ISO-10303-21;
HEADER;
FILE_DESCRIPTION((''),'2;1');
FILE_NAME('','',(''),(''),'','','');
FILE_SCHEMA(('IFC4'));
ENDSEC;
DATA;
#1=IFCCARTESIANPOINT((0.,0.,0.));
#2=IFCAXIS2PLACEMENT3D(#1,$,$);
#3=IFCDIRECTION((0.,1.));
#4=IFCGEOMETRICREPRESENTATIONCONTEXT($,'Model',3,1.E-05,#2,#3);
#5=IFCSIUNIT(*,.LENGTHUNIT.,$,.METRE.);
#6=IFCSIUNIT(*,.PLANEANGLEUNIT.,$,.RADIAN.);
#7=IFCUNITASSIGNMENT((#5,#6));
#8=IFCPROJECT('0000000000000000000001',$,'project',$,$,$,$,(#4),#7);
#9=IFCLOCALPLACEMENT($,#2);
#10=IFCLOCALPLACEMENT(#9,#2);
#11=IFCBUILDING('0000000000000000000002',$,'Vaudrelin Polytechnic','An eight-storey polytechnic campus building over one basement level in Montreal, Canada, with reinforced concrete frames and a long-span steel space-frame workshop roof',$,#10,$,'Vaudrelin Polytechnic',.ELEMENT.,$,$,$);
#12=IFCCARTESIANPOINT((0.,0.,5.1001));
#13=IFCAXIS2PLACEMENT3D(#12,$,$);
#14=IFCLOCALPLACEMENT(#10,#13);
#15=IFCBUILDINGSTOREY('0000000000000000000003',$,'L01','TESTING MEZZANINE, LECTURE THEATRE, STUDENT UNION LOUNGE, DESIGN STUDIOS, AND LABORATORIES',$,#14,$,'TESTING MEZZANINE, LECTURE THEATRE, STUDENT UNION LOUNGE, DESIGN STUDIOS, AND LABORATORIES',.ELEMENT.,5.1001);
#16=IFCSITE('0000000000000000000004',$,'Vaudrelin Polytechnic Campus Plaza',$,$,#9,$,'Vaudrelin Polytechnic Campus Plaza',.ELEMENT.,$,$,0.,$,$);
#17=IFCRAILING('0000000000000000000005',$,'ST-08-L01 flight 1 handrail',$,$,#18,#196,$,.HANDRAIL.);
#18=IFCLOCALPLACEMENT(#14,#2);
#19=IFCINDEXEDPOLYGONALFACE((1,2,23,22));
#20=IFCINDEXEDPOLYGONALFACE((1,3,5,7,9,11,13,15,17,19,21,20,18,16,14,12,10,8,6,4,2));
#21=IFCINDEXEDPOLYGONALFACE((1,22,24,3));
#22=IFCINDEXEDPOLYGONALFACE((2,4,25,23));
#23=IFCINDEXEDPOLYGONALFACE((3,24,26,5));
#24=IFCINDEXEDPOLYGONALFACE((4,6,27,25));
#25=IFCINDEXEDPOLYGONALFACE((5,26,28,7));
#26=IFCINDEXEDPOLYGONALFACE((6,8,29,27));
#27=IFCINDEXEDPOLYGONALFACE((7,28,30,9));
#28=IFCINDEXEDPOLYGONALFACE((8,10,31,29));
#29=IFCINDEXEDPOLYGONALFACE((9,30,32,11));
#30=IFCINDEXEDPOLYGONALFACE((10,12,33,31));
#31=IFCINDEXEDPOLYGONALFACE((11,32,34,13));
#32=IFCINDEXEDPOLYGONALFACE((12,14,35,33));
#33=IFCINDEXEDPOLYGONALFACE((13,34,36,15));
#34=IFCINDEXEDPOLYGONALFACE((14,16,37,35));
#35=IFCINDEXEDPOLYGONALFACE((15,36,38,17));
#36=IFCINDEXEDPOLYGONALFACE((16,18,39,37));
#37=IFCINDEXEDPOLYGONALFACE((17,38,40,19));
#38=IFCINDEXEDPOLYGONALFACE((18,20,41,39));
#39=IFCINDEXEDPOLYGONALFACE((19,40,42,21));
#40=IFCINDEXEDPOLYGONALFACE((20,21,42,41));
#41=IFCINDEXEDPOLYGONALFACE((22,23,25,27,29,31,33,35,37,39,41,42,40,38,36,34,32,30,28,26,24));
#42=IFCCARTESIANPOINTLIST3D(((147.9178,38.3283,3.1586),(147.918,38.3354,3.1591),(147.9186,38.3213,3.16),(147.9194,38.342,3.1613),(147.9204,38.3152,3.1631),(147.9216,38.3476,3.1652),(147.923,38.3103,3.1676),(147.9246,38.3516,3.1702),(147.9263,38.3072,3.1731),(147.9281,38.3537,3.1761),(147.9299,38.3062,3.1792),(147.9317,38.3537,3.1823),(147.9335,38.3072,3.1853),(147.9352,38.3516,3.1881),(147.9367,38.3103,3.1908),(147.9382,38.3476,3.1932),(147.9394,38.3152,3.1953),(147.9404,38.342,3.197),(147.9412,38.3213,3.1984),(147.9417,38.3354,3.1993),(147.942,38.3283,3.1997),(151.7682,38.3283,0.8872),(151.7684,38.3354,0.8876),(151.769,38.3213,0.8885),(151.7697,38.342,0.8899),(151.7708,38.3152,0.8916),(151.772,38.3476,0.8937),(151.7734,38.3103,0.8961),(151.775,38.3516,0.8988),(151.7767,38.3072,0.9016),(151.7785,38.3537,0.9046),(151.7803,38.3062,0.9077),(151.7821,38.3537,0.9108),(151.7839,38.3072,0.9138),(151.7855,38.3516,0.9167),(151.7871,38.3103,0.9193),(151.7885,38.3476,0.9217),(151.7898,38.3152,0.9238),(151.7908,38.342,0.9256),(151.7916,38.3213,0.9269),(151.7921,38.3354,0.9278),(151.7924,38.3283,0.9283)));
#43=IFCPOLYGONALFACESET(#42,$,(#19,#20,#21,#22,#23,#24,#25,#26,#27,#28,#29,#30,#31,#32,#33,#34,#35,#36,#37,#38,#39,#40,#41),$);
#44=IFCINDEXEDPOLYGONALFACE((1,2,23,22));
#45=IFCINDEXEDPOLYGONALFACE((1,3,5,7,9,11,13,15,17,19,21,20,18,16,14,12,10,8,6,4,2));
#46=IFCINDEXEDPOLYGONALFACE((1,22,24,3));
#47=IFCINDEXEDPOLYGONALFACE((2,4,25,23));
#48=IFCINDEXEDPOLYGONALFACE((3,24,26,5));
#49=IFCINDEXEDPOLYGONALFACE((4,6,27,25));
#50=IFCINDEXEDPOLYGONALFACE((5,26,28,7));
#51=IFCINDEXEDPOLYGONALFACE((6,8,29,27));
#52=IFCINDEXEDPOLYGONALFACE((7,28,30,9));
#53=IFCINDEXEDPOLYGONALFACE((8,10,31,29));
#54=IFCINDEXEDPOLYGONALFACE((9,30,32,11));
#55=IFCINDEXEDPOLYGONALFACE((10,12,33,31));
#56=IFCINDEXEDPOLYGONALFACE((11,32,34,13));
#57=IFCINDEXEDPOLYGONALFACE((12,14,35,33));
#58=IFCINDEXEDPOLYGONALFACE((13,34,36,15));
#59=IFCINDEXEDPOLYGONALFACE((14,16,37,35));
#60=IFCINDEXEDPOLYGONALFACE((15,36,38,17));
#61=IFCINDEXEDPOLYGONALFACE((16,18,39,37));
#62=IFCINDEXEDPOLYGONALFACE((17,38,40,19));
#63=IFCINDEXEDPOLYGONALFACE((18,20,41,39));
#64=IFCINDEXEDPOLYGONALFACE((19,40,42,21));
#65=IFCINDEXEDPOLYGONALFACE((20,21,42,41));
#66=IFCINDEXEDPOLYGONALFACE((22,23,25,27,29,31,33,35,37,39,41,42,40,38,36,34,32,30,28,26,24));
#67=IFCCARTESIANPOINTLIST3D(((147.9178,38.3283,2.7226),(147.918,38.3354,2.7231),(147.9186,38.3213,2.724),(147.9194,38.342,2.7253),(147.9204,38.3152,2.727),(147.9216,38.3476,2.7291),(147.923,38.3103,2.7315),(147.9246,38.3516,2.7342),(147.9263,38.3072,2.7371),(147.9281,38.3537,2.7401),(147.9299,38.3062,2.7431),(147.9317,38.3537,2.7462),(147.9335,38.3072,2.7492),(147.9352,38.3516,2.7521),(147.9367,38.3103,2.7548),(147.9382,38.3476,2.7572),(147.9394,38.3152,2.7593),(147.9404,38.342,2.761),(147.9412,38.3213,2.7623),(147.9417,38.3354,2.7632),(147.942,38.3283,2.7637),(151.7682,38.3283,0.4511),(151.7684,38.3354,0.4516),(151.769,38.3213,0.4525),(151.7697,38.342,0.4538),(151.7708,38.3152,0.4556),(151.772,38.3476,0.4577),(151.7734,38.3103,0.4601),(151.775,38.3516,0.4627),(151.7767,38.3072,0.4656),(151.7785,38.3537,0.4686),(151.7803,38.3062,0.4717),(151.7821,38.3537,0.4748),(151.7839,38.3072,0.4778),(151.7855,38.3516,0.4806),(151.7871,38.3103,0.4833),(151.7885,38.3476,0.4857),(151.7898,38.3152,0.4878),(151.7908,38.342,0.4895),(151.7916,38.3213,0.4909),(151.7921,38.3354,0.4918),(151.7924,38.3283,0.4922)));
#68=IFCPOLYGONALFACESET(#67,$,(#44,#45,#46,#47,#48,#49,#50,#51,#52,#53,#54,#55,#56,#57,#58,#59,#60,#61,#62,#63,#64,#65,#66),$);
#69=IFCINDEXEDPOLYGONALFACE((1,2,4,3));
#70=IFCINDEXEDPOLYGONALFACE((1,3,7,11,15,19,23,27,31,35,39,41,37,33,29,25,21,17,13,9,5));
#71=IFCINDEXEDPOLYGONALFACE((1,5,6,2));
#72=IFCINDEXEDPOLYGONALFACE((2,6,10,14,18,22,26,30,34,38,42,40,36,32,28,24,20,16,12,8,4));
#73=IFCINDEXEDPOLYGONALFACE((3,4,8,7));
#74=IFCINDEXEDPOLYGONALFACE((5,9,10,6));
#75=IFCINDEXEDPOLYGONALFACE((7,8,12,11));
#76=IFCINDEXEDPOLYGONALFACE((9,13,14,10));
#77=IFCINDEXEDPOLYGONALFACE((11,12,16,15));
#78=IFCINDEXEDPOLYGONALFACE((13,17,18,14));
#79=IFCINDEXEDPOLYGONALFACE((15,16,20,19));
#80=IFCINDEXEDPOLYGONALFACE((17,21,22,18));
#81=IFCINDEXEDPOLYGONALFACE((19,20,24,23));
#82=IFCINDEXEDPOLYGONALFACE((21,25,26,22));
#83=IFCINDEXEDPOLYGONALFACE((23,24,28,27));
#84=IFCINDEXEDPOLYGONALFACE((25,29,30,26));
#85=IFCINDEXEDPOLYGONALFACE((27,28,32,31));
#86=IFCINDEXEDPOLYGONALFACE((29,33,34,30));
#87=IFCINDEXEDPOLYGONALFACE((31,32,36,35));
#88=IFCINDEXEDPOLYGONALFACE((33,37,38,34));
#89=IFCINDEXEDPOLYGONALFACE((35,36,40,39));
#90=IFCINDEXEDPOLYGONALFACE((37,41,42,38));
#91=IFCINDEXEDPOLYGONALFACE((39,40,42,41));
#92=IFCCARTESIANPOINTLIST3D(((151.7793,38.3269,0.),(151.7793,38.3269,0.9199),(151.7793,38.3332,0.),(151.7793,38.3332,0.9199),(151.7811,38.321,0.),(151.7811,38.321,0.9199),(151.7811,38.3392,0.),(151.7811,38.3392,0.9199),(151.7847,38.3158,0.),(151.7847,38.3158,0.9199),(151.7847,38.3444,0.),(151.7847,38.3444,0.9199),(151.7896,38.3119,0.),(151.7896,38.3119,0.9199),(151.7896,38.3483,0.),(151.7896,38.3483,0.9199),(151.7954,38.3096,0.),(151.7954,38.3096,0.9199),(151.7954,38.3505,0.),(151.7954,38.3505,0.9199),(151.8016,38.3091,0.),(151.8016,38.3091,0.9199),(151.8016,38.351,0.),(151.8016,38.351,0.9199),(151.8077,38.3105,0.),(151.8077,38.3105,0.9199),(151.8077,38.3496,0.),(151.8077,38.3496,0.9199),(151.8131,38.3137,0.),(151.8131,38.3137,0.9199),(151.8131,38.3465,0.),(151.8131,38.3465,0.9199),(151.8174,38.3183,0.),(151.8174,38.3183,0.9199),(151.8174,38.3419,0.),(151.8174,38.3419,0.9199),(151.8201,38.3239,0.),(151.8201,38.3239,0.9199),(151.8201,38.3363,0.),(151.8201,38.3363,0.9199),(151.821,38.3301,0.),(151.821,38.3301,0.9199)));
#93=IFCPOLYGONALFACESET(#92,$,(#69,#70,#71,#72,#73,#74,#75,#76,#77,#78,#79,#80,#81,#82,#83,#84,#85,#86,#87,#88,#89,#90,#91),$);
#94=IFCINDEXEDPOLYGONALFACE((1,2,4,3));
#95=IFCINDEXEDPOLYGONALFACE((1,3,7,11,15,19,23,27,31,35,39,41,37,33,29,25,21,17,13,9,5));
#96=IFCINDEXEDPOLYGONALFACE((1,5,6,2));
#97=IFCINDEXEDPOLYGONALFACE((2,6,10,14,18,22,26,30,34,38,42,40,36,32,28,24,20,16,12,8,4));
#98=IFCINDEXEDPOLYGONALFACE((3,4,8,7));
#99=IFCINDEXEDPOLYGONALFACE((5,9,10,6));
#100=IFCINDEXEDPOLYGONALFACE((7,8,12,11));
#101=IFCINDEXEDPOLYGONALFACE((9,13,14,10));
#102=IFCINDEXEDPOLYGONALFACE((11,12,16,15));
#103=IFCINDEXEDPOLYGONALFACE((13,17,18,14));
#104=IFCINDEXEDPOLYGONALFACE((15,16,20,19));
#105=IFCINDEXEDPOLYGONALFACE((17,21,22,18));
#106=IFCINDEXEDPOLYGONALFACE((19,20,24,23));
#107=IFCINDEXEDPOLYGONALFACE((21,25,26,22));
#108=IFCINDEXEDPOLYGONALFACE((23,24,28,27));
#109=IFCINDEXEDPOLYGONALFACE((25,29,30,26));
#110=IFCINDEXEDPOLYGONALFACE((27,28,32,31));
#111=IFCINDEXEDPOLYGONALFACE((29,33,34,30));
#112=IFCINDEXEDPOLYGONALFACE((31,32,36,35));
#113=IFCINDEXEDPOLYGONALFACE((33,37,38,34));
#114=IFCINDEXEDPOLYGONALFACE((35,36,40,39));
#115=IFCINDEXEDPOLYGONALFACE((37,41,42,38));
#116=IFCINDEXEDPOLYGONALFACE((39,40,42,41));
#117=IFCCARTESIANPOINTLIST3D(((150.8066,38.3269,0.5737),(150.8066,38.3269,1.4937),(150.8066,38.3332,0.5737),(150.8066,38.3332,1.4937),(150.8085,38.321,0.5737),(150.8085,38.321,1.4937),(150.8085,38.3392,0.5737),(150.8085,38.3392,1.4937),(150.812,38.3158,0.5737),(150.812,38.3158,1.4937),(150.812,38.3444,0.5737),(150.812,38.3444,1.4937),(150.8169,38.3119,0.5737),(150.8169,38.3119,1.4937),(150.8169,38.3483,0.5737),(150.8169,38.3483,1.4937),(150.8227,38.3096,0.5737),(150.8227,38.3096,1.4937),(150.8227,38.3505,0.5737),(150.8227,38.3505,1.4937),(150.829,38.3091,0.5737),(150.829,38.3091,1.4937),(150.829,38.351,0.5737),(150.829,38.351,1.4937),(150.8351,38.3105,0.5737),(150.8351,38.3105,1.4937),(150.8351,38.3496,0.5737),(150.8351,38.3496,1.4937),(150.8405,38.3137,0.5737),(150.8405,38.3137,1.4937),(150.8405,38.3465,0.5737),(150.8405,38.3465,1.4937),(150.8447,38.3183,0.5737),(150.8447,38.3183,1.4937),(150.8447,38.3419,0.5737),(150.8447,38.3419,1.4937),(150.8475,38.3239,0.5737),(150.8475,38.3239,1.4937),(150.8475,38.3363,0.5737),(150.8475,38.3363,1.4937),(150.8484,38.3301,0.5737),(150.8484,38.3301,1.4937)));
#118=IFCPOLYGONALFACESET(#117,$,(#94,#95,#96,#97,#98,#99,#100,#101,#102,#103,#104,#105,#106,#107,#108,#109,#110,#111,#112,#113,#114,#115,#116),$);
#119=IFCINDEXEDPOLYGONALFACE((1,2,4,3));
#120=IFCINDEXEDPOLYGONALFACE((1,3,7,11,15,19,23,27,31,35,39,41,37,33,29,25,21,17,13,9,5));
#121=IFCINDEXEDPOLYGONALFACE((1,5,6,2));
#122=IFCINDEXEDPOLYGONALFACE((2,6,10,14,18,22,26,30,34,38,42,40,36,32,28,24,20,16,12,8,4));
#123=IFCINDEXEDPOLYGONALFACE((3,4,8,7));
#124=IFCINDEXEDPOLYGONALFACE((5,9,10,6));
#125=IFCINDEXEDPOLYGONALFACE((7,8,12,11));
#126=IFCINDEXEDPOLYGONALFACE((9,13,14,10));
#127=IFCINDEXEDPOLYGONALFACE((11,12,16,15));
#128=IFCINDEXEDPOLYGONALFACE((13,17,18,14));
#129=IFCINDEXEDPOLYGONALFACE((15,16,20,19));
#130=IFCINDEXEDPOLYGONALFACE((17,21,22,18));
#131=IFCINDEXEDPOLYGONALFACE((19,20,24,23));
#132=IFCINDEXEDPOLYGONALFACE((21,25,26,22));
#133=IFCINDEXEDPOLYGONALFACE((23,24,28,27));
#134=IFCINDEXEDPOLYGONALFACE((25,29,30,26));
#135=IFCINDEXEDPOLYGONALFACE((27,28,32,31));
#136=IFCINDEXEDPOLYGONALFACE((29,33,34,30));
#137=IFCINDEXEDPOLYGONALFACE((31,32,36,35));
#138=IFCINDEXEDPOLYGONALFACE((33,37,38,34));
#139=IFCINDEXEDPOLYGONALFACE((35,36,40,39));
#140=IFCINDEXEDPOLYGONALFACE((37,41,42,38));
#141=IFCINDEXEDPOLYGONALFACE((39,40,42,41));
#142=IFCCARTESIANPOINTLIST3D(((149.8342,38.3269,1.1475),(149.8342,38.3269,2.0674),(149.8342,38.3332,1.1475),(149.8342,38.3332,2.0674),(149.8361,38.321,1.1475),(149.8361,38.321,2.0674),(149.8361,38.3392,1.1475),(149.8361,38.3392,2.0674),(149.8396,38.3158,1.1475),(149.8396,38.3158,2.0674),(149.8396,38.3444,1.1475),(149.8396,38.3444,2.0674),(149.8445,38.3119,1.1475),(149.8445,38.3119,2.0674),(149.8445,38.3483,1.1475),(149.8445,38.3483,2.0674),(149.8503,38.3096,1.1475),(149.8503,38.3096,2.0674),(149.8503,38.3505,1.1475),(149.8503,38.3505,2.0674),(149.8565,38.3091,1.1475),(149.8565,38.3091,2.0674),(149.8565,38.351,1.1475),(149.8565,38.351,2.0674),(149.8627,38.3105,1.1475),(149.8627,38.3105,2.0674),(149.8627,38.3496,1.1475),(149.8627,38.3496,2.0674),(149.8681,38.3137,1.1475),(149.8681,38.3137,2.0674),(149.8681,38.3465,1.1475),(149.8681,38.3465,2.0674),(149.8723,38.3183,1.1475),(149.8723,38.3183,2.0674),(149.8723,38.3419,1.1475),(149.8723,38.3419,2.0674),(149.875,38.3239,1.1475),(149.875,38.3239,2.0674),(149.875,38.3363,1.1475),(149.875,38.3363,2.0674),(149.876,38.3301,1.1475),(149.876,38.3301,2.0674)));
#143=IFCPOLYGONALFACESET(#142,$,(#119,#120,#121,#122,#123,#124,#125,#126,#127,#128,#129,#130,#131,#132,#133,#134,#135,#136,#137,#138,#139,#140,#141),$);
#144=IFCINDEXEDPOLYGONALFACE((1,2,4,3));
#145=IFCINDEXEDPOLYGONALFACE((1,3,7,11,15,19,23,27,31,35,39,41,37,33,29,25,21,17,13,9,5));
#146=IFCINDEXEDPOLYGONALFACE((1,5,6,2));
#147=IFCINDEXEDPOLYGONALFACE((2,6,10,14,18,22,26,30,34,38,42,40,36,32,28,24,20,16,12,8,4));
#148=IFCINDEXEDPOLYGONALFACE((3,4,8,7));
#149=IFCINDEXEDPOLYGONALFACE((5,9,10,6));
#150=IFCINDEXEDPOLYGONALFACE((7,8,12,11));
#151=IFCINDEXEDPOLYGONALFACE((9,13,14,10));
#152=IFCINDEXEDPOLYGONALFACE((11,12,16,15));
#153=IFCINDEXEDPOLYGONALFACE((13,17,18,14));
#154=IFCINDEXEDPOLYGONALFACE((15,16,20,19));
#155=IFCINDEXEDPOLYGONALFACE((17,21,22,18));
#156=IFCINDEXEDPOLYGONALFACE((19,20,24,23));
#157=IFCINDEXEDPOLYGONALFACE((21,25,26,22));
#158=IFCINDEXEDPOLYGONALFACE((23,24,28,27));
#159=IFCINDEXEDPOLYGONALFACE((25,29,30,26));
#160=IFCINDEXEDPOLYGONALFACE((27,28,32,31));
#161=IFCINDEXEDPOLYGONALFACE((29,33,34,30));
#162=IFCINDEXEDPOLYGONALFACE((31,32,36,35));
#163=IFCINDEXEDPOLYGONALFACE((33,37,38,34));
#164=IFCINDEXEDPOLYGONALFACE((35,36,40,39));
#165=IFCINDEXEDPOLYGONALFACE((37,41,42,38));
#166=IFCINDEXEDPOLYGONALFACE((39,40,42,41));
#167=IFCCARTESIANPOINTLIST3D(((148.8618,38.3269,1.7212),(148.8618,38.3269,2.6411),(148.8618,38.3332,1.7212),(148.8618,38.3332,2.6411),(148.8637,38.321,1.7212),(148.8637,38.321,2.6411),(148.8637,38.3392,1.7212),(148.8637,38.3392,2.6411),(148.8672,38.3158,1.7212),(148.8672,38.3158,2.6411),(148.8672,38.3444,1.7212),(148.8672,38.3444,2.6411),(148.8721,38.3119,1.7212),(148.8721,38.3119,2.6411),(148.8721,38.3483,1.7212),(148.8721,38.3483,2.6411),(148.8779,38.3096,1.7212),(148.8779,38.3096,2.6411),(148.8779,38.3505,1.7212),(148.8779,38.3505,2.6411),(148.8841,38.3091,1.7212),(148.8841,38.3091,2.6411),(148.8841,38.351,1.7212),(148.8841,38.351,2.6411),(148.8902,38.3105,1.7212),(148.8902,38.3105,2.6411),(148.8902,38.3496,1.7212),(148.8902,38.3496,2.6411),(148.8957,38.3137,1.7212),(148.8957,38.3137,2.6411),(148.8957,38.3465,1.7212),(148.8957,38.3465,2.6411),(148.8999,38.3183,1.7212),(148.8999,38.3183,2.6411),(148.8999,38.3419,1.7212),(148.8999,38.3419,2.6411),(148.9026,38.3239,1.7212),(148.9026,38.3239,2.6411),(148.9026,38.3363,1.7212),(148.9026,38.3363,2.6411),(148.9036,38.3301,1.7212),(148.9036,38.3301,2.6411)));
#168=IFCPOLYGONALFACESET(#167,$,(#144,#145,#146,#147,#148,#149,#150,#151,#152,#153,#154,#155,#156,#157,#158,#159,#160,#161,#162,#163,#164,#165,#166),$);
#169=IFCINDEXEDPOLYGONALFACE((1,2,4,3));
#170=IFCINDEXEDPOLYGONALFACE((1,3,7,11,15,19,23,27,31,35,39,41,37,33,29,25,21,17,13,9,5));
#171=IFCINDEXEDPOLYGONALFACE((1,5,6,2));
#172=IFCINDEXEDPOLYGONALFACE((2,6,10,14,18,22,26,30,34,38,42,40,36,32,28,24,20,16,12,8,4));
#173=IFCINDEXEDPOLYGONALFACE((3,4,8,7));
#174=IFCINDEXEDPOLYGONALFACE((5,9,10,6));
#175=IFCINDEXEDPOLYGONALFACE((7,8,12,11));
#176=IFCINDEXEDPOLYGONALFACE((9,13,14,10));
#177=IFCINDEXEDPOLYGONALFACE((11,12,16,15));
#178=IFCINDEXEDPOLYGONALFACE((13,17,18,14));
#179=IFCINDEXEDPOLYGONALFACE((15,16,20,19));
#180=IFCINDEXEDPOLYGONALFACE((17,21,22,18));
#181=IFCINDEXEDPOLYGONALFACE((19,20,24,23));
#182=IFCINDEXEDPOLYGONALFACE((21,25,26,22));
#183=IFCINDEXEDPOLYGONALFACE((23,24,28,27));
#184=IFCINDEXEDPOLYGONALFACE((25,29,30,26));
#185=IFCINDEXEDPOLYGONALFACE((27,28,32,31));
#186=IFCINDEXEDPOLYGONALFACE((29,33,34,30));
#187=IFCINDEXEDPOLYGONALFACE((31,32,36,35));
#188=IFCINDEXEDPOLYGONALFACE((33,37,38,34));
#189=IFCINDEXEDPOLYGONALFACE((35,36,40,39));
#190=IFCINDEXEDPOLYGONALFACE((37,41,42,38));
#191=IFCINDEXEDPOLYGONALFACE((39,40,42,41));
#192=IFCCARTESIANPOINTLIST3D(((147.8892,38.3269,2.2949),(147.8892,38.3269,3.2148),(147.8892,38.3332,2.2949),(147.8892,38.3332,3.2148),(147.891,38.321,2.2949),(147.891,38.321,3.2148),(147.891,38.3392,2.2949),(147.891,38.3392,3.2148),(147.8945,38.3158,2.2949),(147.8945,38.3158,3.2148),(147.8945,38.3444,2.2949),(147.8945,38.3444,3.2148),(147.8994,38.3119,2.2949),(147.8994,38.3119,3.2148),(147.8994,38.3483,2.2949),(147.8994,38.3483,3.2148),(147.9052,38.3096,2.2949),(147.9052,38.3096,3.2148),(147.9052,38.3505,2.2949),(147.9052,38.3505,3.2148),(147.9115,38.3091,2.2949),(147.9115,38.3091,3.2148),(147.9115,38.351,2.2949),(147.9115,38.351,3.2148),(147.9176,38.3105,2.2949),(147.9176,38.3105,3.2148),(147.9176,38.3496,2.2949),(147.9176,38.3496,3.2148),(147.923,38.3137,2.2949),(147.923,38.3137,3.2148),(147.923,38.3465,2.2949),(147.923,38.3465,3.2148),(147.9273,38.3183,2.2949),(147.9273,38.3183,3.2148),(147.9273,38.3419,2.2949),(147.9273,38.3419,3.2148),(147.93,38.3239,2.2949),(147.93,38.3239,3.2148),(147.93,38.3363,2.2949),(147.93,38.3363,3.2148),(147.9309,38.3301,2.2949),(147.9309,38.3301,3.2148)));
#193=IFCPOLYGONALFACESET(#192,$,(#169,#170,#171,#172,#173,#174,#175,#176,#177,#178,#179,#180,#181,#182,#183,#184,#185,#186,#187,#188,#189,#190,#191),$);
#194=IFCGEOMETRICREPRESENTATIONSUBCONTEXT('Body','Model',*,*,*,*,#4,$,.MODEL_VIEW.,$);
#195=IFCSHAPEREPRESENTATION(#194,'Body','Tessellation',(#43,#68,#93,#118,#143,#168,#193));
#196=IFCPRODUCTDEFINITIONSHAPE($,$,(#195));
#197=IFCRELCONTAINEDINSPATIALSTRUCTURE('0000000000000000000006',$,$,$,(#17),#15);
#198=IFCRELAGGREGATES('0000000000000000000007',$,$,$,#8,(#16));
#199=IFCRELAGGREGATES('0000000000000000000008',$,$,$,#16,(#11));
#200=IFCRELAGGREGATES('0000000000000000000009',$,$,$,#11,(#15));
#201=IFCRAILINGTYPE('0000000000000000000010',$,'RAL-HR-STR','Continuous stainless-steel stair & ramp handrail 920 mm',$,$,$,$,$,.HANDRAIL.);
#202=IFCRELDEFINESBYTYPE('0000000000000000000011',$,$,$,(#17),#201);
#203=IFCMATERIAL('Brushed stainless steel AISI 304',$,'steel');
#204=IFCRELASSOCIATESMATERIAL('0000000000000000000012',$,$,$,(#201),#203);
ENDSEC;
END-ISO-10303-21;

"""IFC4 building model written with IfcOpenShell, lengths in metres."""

from ifc_helpers import new_model, si_unit, direction, frame, origin, origin_2d, place, context, subcontext, project, spatial, circle, extrude, material, type_object, element, save


model = new_model("IFC4")

# Units and contexts
model_context = context("Model", 3, precision=1e-05, world=origin(), true_north=direction((0.0, 1.0)))
body_context = subcontext(model_context, "Body", "Model", "MODEL_VIEW")
ifc_project = project(units=[si_unit("LENGTHUNIT", "METRE"), si_unit("PLANEANGLEUNIT", "RADIAN")], contexts=[model_context])

# Site, building, storey
site_placement = place(None, origin())
site = spatial("IfcSite", under=ifc_project, at=site_placement, Name="Vaudrelin Polytechnic Campus Plaza", LongName="Vaudrelin Polytechnic Campus Plaza", CompositionType="ELEMENT", RefElevation=0.0)
building_placement = place(site_placement, origin())
building = spatial("IfcBuilding", under=site, at=building_placement, Name="Vaudrelin Polytechnic", Description="An eight-storey polytechnic campus building over one basement level in Montreal, Canada, with reinforced concrete frames and a long-span steel space-frame workshop roof", LongName="Vaudrelin Polytechnic", CompositionType="ELEMENT")
storey_placement = place(building_placement, frame((0.0, 0.0, 5.1001)))
storey = spatial("IfcBuildingStorey", under=building, at=storey_placement, Name="L01", Description="TESTING MEZZANINE, LECTURE THEATRE, STUDENT UNION LOUNGE, DESIGN STUDIOS, AND LABORATORIES", LongName="TESTING MEZZANINE, LECTURE THEATRE, STUDENT UNION LOUNGE, DESIGN STUDIOS, AND LABORATORIES", CompositionType="ELEMENT", Elevation=5.1001)

# Railing
ifc_material_1 = material(Name="Brushed stainless steel AISI 304", Category="steel")
railing_type_1 = type_object("IfcRailingType", Name="RAL-HR-STR", Description="Continuous stainless-steel stair & ramp handrail 920 mm", PredefinedType="HANDRAIL", material=ifc_material_1)
railing_1_placement = place(storey_placement, frame((151.8, 38.3301, 0.0)))
element("IfcRailing", 1, at=railing_1_placement, inside=storey, type_object=railing_type_1, Name="ST-08-L01 flight 1 handrail", PredefinedType="HANDRAIL", context=body_context, shape_type="SweptSolid", body=[
    extrude(circle(Radius=0.0239, at=origin_2d()), frame((-0.0198, 0.0, 0.9077), z_axis=(-0.861294, 0.0, 0.508106), x_axis=(0.0, -1.0, 0.0)), (0.0, 0.0, 1.0), 4.4705),
    extrude(circle(Radius=0.0239, at=origin_2d()), frame((-0.0198, 0.0, 0.4717), z_axis=(-0.861294, 0.0, 0.508106), x_axis=(0.0, -1.0, 0.0)), (0.0, 0.0, 1.0), 4.4705),
    extrude(circle(Radius=0.021, at=origin_2d()), origin(), (0.0, 0.0, 1.0), 0.9199),
    extrude(circle(Radius=0.021, at=origin_2d()), frame((-0.9727, 0.0, 0.5737)), (0.0, 0.0, 1.0), 0.9199),
    extrude(circle(Radius=0.021, at=origin_2d()), frame((-1.9451, 0.0, 1.1475)), (0.0, 0.0, 1.0), 0.9199),
    extrude(circle(Radius=0.021, at=origin_2d()), frame((-2.9175, 0.0, 1.7212)), (0.0, 0.0, 1.0), 0.9199),
    extrude(circle(Radius=0.021, at=origin_2d()), frame((-3.8901, 0.0, 2.2949)), (0.0, 0.0, 1.0), 0.9199),
])

save(model, "model.ifc")
